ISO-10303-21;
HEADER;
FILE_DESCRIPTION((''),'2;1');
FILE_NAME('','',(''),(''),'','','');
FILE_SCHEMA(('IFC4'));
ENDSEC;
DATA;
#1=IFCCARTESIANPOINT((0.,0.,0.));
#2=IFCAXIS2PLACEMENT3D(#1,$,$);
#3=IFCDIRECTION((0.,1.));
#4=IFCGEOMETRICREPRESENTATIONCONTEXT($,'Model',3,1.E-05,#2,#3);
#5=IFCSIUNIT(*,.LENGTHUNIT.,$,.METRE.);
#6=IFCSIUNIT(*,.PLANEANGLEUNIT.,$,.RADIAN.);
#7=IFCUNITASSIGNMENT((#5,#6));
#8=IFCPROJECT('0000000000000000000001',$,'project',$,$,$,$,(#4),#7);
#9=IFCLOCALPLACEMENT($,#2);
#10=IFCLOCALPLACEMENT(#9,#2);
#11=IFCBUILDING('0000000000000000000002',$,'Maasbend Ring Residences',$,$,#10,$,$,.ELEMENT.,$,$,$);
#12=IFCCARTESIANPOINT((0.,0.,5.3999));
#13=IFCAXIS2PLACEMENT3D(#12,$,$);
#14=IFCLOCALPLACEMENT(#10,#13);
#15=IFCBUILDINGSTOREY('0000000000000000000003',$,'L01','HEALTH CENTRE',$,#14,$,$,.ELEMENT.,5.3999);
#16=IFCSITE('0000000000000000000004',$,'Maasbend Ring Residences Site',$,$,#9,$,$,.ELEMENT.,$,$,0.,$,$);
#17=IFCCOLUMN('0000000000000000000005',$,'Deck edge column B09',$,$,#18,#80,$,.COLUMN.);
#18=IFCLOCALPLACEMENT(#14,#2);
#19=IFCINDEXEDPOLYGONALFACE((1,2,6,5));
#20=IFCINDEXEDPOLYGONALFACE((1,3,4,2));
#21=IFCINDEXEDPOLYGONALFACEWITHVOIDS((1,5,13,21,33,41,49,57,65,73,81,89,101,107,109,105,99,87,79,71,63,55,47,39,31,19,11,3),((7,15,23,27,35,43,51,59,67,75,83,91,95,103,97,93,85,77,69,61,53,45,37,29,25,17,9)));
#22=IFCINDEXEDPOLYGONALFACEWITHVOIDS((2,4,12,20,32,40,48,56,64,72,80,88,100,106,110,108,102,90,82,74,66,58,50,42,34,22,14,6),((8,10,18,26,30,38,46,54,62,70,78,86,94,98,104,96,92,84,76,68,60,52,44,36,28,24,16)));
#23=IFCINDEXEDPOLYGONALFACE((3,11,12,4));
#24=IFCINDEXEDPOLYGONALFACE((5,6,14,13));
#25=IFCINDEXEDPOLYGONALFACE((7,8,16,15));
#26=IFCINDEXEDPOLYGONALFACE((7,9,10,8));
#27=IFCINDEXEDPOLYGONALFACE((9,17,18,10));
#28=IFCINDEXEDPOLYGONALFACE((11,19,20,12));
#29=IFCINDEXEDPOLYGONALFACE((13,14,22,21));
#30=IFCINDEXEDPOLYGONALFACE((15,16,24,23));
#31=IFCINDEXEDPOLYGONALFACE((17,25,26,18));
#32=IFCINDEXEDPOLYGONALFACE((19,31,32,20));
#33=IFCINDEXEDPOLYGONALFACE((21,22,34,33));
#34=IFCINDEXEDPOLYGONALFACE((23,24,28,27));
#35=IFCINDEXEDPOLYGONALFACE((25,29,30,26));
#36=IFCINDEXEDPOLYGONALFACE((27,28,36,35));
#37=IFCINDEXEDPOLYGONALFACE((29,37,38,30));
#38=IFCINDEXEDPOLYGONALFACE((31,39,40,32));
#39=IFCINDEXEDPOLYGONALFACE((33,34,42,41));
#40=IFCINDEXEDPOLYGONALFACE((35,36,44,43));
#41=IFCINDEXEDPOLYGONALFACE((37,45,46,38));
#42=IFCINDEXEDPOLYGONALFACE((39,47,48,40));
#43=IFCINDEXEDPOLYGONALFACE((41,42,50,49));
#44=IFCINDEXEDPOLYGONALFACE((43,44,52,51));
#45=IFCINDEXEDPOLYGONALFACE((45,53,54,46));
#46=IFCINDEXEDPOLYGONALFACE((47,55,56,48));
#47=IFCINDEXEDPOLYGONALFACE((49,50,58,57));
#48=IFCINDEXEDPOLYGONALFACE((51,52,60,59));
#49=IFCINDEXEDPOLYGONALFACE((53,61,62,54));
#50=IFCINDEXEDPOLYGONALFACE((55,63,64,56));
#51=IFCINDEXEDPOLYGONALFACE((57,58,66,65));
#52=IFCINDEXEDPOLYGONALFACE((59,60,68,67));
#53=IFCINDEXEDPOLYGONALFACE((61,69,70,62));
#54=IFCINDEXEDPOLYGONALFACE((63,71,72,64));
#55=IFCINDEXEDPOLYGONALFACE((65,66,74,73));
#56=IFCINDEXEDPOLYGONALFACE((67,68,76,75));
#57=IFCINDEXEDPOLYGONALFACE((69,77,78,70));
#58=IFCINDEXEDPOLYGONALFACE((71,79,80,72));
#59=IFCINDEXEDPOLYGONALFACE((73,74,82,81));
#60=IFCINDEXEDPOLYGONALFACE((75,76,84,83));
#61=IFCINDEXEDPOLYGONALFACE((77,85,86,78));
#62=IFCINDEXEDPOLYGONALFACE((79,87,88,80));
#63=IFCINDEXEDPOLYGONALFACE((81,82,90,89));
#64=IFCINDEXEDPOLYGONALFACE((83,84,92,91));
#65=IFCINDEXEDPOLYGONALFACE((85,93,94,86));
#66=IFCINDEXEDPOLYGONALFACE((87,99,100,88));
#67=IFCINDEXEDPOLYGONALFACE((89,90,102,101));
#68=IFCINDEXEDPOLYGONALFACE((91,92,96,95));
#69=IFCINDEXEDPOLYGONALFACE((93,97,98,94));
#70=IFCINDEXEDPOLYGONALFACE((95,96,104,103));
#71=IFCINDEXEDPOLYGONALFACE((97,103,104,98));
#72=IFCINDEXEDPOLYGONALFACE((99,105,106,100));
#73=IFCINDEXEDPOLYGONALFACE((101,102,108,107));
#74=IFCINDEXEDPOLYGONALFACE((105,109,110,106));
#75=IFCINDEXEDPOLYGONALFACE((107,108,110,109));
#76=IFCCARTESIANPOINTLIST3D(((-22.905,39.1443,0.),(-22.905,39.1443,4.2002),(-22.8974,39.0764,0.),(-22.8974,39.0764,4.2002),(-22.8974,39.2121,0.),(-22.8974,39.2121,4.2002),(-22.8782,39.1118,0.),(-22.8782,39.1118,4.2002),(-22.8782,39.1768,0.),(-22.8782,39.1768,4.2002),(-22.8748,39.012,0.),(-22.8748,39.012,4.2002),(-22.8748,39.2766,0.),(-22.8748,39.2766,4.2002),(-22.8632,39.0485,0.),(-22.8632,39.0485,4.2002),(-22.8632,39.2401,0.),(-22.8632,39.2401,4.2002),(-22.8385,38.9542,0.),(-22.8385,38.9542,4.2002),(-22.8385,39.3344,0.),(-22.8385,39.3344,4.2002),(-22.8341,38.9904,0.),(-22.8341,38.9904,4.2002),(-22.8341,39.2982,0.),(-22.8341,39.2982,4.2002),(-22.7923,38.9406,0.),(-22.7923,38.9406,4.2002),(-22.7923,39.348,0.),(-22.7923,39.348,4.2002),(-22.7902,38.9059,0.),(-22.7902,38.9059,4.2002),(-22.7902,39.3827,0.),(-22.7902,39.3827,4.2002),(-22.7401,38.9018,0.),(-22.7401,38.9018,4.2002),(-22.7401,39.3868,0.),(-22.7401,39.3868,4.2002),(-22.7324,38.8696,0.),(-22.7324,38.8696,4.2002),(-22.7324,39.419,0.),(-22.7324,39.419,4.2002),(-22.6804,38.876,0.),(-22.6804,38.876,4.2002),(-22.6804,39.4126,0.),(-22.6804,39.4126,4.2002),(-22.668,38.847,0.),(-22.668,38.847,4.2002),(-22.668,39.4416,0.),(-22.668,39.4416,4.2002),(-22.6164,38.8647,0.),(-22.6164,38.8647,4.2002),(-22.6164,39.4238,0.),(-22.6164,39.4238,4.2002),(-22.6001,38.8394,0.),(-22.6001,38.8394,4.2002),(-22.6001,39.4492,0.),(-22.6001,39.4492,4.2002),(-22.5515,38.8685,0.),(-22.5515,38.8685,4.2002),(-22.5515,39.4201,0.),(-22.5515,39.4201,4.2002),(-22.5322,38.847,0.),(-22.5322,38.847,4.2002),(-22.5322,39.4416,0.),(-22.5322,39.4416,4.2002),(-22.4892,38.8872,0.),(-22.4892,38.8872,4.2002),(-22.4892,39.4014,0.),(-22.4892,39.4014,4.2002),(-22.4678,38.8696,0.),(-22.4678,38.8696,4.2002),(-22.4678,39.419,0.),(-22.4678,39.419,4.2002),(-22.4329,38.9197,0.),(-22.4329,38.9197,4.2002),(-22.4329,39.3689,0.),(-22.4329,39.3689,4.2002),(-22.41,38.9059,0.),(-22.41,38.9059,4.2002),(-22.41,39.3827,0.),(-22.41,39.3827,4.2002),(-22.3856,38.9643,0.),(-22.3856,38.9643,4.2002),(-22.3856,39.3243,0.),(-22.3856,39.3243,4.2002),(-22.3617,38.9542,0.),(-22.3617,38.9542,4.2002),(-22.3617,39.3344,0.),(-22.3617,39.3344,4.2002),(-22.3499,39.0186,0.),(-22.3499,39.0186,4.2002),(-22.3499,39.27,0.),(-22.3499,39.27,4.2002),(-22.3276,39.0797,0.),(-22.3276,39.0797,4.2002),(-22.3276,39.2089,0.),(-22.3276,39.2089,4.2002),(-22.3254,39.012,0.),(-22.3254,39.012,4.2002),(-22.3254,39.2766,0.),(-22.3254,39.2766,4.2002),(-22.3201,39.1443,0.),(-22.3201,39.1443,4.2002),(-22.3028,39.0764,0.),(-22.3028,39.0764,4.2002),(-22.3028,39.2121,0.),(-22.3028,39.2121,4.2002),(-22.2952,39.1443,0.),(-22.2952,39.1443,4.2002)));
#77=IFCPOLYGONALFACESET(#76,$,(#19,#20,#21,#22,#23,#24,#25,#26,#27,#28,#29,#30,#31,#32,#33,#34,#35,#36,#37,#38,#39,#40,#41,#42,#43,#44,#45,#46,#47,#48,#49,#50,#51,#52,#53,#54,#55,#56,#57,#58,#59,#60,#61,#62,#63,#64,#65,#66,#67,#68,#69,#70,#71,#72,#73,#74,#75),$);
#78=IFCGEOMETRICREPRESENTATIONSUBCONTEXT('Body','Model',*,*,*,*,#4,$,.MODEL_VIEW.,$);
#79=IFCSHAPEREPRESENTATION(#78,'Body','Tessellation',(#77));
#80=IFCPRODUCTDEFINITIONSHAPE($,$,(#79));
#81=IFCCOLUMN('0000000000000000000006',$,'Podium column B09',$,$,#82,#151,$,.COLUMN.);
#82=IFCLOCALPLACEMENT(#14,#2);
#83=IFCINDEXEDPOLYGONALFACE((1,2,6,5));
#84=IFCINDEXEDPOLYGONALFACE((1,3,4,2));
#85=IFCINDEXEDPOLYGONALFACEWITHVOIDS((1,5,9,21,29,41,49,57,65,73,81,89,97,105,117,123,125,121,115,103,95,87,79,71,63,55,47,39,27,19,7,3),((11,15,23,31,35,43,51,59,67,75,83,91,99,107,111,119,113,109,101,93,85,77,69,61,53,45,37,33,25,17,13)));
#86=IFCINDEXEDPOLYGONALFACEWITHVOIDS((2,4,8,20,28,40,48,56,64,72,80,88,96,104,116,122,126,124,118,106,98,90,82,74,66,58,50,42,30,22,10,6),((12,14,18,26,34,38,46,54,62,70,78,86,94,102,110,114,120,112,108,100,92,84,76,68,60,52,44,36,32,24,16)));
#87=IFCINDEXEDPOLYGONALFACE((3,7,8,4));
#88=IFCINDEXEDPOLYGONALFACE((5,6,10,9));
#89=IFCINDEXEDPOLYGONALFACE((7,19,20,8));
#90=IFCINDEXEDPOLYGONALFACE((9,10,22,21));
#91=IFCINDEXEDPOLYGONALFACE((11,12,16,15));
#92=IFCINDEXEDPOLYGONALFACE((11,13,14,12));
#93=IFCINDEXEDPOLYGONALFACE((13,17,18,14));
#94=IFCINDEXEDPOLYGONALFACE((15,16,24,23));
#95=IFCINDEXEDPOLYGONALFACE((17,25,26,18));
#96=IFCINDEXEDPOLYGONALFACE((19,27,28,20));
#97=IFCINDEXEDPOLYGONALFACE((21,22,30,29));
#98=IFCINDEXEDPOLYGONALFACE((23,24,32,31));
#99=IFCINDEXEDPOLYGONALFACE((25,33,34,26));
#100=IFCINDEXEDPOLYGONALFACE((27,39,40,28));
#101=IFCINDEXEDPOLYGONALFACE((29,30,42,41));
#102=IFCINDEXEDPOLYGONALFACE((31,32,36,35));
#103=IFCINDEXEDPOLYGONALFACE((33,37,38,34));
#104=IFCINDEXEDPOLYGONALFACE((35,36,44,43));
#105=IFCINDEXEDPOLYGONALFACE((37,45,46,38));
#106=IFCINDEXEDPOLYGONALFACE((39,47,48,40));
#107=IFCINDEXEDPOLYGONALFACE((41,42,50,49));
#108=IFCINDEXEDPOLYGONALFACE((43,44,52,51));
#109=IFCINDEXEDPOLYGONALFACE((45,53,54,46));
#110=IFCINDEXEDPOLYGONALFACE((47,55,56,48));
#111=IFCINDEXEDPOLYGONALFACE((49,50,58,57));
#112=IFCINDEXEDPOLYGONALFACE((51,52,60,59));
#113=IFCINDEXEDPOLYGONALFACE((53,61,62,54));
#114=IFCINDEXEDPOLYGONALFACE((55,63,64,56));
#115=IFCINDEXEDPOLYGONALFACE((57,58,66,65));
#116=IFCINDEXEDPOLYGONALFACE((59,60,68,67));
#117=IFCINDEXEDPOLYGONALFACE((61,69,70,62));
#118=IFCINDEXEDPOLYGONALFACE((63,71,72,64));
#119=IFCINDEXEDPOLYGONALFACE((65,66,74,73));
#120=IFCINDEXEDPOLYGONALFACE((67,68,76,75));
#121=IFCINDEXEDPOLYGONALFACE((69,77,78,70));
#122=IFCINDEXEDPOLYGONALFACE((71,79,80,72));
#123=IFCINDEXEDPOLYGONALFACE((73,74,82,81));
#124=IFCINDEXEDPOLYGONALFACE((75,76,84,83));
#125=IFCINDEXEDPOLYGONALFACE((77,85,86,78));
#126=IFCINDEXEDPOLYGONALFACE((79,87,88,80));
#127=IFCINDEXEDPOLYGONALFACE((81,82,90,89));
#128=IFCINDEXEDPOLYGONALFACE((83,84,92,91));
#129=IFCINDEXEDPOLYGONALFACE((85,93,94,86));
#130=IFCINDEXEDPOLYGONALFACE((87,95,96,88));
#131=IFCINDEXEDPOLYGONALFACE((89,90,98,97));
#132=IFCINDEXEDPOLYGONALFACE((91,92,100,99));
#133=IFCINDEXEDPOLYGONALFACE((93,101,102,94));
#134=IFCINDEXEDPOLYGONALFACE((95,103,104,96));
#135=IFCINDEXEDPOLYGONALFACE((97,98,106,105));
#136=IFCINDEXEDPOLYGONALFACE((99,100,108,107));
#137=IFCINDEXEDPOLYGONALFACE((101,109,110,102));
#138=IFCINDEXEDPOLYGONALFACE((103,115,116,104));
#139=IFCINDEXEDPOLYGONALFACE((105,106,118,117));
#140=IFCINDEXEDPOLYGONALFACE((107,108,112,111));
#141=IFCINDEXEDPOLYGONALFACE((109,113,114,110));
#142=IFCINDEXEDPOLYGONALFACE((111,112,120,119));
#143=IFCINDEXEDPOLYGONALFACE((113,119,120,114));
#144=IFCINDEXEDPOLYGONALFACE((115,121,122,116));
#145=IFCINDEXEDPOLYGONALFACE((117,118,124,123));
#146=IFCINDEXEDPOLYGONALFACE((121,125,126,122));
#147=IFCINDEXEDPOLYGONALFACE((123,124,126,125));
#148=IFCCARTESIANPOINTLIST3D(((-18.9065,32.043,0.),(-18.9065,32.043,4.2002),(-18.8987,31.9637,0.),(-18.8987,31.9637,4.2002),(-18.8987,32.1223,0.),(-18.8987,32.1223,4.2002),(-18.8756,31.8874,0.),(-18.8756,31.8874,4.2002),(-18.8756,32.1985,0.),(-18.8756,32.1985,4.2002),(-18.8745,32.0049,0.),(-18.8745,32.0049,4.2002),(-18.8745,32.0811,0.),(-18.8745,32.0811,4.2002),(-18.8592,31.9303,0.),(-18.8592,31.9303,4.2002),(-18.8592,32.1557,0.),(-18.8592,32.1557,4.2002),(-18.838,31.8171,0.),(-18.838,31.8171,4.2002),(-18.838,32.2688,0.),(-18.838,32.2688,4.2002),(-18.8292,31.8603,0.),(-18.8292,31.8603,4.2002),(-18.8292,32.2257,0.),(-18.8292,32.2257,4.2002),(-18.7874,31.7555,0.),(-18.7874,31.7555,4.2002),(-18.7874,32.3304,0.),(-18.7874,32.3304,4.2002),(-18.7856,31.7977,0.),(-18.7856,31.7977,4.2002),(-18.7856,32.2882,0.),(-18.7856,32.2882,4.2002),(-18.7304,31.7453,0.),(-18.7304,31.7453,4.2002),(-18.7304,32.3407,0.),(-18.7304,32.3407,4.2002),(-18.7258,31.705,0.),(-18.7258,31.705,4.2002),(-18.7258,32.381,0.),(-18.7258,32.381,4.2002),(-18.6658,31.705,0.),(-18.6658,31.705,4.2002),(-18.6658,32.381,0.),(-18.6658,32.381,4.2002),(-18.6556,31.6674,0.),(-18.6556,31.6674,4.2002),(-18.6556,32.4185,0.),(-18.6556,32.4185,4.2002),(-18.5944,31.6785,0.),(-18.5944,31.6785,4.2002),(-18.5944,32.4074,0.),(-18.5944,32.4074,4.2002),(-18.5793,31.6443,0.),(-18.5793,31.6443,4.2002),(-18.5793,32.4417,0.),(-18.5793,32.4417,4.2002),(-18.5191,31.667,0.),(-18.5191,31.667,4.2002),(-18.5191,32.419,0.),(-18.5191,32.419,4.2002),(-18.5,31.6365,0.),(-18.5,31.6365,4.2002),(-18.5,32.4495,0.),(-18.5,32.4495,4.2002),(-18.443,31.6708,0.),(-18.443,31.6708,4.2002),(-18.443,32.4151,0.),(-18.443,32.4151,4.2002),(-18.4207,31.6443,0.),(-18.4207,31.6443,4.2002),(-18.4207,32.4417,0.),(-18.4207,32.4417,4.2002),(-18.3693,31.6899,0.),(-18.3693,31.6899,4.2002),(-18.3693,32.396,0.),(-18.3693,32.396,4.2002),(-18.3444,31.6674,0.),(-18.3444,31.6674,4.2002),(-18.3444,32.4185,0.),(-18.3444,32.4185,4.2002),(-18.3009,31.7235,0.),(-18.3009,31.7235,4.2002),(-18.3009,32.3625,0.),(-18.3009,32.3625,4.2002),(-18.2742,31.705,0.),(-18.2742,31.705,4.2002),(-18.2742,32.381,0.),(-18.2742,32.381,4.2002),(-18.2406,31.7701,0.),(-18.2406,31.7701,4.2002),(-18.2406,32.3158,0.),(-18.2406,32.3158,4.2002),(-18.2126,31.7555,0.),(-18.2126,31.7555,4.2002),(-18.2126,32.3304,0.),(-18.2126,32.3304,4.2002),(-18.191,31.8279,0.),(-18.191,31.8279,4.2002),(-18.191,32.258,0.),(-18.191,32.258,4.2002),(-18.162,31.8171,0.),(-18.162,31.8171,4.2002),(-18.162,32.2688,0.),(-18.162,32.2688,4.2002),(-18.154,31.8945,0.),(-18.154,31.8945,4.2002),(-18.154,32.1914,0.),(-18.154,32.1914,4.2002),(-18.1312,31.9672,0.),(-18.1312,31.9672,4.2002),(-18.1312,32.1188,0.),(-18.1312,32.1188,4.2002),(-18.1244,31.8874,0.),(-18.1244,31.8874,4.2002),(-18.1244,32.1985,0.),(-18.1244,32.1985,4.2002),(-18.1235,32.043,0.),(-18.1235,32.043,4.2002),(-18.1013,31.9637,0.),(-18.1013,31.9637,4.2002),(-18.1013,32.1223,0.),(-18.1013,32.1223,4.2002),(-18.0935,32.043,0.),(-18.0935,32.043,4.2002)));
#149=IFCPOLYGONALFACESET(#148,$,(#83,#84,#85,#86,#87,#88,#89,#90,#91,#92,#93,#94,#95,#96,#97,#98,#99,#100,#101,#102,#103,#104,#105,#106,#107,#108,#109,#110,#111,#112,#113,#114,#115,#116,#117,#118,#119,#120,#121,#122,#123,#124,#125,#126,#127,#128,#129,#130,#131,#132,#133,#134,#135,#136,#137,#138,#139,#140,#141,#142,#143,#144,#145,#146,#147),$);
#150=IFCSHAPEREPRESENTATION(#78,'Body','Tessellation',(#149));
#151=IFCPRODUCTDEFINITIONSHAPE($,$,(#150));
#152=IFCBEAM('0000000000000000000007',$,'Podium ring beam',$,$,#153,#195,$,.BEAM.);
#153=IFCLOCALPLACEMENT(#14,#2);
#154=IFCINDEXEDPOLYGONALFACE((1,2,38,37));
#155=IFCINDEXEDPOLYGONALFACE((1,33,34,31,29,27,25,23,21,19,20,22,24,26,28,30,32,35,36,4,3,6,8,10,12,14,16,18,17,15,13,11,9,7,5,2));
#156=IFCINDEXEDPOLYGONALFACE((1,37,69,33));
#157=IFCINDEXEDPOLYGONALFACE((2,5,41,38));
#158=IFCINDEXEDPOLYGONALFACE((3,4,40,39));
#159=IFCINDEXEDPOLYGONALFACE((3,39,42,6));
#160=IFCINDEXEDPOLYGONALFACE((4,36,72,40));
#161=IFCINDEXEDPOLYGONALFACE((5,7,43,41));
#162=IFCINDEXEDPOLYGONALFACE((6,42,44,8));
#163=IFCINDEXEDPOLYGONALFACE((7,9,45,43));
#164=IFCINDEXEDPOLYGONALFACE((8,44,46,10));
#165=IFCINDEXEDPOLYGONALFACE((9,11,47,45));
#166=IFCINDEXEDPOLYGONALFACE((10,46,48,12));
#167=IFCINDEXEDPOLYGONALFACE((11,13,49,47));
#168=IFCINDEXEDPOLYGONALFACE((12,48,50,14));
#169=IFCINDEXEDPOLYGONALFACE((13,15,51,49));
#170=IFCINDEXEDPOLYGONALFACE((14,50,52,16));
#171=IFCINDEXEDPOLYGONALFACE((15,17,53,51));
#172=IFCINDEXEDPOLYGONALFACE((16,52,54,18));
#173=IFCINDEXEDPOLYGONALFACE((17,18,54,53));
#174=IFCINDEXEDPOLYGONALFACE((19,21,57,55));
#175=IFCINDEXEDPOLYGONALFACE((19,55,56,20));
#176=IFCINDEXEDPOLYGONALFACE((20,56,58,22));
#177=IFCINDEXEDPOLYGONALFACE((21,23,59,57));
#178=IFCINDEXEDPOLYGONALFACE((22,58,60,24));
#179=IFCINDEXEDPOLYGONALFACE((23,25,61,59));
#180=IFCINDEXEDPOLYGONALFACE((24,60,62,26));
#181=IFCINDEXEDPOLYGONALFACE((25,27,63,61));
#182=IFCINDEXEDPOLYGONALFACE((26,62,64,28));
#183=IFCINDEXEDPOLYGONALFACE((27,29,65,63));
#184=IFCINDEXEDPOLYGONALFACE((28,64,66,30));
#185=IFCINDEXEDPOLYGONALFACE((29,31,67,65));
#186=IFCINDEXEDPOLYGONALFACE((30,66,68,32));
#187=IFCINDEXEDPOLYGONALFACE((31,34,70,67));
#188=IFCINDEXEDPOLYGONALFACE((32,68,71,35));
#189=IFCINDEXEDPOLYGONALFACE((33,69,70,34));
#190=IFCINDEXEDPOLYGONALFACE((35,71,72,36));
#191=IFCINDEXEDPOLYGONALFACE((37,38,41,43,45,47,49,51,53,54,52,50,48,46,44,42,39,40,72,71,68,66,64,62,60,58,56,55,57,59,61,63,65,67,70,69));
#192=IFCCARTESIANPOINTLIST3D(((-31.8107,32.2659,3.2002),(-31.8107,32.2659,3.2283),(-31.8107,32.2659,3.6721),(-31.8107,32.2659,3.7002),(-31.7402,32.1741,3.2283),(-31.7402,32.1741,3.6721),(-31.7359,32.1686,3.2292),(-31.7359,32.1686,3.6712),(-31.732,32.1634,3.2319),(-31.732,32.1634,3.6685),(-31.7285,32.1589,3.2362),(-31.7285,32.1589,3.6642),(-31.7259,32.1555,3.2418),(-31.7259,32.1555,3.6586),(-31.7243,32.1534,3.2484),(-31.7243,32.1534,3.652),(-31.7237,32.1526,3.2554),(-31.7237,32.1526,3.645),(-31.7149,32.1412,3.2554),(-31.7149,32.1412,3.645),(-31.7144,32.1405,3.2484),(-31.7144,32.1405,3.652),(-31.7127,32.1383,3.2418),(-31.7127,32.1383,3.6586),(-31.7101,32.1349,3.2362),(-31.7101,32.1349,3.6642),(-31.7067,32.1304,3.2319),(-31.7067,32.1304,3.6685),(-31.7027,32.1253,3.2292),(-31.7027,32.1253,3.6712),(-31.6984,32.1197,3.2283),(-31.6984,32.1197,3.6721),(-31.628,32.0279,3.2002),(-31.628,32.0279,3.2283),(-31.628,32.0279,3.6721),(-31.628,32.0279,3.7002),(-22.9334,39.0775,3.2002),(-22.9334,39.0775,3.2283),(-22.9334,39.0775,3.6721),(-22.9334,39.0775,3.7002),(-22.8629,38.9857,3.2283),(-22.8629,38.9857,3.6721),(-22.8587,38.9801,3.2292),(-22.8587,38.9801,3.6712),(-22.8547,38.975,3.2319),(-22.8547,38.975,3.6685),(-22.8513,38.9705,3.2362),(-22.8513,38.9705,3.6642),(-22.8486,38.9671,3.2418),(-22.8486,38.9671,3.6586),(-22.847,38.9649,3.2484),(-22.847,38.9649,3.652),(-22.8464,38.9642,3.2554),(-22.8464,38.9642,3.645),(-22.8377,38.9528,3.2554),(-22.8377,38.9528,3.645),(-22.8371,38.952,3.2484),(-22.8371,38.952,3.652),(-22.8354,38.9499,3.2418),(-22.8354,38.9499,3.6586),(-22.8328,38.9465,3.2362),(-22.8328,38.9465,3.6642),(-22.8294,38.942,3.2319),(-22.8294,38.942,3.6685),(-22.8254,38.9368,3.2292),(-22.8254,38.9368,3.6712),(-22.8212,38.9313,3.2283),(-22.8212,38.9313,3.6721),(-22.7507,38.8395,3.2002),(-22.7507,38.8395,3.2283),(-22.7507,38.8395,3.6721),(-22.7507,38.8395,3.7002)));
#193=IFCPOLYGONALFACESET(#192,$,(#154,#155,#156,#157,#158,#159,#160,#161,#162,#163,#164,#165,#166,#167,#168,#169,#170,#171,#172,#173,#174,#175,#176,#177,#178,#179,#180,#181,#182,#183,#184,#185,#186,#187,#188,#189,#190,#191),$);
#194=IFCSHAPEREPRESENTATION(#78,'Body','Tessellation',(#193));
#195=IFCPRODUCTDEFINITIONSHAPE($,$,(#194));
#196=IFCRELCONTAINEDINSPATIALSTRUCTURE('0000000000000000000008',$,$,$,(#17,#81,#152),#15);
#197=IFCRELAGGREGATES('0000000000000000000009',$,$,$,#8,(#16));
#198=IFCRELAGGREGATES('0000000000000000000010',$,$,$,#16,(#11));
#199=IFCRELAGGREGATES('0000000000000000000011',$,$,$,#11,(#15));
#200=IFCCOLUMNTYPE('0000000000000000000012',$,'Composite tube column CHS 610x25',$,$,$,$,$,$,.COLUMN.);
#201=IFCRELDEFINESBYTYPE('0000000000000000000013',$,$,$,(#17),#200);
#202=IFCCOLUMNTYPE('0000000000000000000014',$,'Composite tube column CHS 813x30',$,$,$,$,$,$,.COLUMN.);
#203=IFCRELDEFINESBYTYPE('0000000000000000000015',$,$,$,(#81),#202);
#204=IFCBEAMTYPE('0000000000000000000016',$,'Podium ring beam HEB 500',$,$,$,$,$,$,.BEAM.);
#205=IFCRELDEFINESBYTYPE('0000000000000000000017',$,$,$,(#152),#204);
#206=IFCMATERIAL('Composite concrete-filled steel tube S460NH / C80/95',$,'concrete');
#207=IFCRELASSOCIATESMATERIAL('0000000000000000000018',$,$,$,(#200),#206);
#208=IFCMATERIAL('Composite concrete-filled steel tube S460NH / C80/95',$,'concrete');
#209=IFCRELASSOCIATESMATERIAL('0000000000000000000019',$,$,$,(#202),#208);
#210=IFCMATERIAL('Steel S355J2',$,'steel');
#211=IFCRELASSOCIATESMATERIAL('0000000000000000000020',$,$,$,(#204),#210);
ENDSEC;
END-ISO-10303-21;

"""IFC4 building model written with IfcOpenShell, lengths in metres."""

from ifc_helpers import new_model, si_unit, direction, frame, origin, origin_2d, place, context, subcontext, project, spatial, hollow_circle, i_section, extrude, material, material_profile, profile_set, type_object, element, save


model = new_model("IFC4")

# Units and contexts
model_context = context("Model", 3, precision=1e-05, world=origin(), true_north=direction((0.0, 1.0)))
body_context = subcontext(model_context, "Body", "Model", "MODEL_VIEW")
ifc_project = project(units=[si_unit("LENGTHUNIT", "METRE"), si_unit("PLANEANGLEUNIT", "RADIAN")], contexts=[model_context])

# Site, building, storey
site_placement = place(None, origin())
site = spatial("IfcSite", under=ifc_project, at=site_placement, Name="Maasbend Ring Residences Site", CompositionType="ELEMENT", RefElevation=0.0)
building_placement = place(site_placement, origin())
building = spatial("IfcBuilding", under=site, at=building_placement, Name="Maasbend Ring Residences", CompositionType="ELEMENT")
storey_placement = place(building_placement, frame((0.0, 0.0, 5.3999)))
storey = spatial("IfcBuildingStorey", under=building, at=storey_placement, Name="L01", Description="HEALTH CENTRE", CompositionType="ELEMENT", Elevation=5.3999)

# Columns
ifc_material_1 = material(Name="Composite concrete-filled steel tube S460NH / C80/95", Category="concrete")
ifc_material_profile_1 = material_profile(ifc_material_1, hollow_circle(Radius=0.3049, WallThickness=0.0249, at=origin_2d()), Name="Composite tube column CHS 610x25")
ifc_profile_set_1 = profile_set([ifc_material_profile_1], Name="Composite concrete-filled steel tube S460NH / C80/95")
column_type_1 = type_object("IfcColumnType", Name="Composite tube column CHS 610x25", PredefinedType="COLUMN", material=ifc_profile_set_1)
column_1_placement = place(storey_placement, frame((-22.6001, 39.1443, 0.0), z_axis=(0.0, 0.0, 1.0), x_axis=(1.0, 0.0, 0.0)))
element("IfcColumn", 1, at=column_1_placement, inside=storey, type_object=column_type_1, Name="Deck edge column B09", PredefinedType="COLUMN", context=body_context, shape_type="SweptSolid", body=[
    extrude(hollow_circle(Radius=0.3049, WallThickness=0.0249, at=origin_2d()), origin(), (0.0, 0.0, 1.0), 4.2002),
])
ifc_material_2 = material(Name="Composite concrete-filled steel tube S460NH / C80/95", Category="concrete")
ifc_material_profile_2 = material_profile(ifc_material_2, hollow_circle(Radius=0.4065, WallThickness=0.03, at=origin_2d()), Name="Composite tube column CHS 813x30")
ifc_profile_set_2 = profile_set([ifc_material_profile_2], Name="Composite concrete-filled steel tube S460NH / C80/95")
column_type_2 = type_object("IfcColumnType", Name="Composite tube column CHS 813x30", PredefinedType="COLUMN", material=ifc_profile_set_2)
column_2_placement = place(storey_placement, frame((-18.5, 32.043, 0.0), z_axis=(0.0, 0.0, 1.0), x_axis=(1.0, 0.0, 0.0)))
element("IfcColumn", 2, at=column_2_placement, inside=storey, type_object=column_type_2, Name="Podium column B09", PredefinedType="COLUMN", context=body_context, shape_type="SweptSolid", body=[
    extrude(hollow_circle(Radius=0.4065, WallThickness=0.03, at=origin_2d()), origin(), (0.0, 0.0, 1.0), 4.2002),
])

# Beam
ifc_material_3 = material(Name="Steel S355J2", Category="steel")
ifc_material_profile_3 = material_profile(ifc_material_3, i_section(OverallWidth=0.3, OverallDepth=0.5, WebThickness=0.0144, FlangeThickness=0.0281, FilletRadius=0.0271, at=origin_2d()), Name="HEB 500")
ifc_profile_set_3 = profile_set([ifc_material_profile_3], Name="Steel S355J2")
beam_type_1 = type_object("IfcBeamType", Name="Podium ring beam HEB 500", PredefinedType="BEAM", material=ifc_profile_set_3)
beam_1_placement = place(storey_placement, frame((-22.842, 38.9585, 3.4502), z_axis=(-0.793362, -0.608751, 0.0), x_axis=(0.608751, -0.793362, 0.0)))
element("IfcBeam", 3, at=beam_1_placement, inside=storey, type_object=beam_type_1, Name="Podium ring beam", PredefinedType="BEAM", context=body_context, shape_type="SweptSolid", body=[
    extrude(i_section(OverallWidth=0.3, OverallDepth=0.5, WebThickness=0.0144, FlangeThickness=0.0281, FilletRadius=0.0271, at=origin_2d()), origin(), (0.0, 0.0, 1.0), 11.1895),
])

save(model, "model.ifc")
